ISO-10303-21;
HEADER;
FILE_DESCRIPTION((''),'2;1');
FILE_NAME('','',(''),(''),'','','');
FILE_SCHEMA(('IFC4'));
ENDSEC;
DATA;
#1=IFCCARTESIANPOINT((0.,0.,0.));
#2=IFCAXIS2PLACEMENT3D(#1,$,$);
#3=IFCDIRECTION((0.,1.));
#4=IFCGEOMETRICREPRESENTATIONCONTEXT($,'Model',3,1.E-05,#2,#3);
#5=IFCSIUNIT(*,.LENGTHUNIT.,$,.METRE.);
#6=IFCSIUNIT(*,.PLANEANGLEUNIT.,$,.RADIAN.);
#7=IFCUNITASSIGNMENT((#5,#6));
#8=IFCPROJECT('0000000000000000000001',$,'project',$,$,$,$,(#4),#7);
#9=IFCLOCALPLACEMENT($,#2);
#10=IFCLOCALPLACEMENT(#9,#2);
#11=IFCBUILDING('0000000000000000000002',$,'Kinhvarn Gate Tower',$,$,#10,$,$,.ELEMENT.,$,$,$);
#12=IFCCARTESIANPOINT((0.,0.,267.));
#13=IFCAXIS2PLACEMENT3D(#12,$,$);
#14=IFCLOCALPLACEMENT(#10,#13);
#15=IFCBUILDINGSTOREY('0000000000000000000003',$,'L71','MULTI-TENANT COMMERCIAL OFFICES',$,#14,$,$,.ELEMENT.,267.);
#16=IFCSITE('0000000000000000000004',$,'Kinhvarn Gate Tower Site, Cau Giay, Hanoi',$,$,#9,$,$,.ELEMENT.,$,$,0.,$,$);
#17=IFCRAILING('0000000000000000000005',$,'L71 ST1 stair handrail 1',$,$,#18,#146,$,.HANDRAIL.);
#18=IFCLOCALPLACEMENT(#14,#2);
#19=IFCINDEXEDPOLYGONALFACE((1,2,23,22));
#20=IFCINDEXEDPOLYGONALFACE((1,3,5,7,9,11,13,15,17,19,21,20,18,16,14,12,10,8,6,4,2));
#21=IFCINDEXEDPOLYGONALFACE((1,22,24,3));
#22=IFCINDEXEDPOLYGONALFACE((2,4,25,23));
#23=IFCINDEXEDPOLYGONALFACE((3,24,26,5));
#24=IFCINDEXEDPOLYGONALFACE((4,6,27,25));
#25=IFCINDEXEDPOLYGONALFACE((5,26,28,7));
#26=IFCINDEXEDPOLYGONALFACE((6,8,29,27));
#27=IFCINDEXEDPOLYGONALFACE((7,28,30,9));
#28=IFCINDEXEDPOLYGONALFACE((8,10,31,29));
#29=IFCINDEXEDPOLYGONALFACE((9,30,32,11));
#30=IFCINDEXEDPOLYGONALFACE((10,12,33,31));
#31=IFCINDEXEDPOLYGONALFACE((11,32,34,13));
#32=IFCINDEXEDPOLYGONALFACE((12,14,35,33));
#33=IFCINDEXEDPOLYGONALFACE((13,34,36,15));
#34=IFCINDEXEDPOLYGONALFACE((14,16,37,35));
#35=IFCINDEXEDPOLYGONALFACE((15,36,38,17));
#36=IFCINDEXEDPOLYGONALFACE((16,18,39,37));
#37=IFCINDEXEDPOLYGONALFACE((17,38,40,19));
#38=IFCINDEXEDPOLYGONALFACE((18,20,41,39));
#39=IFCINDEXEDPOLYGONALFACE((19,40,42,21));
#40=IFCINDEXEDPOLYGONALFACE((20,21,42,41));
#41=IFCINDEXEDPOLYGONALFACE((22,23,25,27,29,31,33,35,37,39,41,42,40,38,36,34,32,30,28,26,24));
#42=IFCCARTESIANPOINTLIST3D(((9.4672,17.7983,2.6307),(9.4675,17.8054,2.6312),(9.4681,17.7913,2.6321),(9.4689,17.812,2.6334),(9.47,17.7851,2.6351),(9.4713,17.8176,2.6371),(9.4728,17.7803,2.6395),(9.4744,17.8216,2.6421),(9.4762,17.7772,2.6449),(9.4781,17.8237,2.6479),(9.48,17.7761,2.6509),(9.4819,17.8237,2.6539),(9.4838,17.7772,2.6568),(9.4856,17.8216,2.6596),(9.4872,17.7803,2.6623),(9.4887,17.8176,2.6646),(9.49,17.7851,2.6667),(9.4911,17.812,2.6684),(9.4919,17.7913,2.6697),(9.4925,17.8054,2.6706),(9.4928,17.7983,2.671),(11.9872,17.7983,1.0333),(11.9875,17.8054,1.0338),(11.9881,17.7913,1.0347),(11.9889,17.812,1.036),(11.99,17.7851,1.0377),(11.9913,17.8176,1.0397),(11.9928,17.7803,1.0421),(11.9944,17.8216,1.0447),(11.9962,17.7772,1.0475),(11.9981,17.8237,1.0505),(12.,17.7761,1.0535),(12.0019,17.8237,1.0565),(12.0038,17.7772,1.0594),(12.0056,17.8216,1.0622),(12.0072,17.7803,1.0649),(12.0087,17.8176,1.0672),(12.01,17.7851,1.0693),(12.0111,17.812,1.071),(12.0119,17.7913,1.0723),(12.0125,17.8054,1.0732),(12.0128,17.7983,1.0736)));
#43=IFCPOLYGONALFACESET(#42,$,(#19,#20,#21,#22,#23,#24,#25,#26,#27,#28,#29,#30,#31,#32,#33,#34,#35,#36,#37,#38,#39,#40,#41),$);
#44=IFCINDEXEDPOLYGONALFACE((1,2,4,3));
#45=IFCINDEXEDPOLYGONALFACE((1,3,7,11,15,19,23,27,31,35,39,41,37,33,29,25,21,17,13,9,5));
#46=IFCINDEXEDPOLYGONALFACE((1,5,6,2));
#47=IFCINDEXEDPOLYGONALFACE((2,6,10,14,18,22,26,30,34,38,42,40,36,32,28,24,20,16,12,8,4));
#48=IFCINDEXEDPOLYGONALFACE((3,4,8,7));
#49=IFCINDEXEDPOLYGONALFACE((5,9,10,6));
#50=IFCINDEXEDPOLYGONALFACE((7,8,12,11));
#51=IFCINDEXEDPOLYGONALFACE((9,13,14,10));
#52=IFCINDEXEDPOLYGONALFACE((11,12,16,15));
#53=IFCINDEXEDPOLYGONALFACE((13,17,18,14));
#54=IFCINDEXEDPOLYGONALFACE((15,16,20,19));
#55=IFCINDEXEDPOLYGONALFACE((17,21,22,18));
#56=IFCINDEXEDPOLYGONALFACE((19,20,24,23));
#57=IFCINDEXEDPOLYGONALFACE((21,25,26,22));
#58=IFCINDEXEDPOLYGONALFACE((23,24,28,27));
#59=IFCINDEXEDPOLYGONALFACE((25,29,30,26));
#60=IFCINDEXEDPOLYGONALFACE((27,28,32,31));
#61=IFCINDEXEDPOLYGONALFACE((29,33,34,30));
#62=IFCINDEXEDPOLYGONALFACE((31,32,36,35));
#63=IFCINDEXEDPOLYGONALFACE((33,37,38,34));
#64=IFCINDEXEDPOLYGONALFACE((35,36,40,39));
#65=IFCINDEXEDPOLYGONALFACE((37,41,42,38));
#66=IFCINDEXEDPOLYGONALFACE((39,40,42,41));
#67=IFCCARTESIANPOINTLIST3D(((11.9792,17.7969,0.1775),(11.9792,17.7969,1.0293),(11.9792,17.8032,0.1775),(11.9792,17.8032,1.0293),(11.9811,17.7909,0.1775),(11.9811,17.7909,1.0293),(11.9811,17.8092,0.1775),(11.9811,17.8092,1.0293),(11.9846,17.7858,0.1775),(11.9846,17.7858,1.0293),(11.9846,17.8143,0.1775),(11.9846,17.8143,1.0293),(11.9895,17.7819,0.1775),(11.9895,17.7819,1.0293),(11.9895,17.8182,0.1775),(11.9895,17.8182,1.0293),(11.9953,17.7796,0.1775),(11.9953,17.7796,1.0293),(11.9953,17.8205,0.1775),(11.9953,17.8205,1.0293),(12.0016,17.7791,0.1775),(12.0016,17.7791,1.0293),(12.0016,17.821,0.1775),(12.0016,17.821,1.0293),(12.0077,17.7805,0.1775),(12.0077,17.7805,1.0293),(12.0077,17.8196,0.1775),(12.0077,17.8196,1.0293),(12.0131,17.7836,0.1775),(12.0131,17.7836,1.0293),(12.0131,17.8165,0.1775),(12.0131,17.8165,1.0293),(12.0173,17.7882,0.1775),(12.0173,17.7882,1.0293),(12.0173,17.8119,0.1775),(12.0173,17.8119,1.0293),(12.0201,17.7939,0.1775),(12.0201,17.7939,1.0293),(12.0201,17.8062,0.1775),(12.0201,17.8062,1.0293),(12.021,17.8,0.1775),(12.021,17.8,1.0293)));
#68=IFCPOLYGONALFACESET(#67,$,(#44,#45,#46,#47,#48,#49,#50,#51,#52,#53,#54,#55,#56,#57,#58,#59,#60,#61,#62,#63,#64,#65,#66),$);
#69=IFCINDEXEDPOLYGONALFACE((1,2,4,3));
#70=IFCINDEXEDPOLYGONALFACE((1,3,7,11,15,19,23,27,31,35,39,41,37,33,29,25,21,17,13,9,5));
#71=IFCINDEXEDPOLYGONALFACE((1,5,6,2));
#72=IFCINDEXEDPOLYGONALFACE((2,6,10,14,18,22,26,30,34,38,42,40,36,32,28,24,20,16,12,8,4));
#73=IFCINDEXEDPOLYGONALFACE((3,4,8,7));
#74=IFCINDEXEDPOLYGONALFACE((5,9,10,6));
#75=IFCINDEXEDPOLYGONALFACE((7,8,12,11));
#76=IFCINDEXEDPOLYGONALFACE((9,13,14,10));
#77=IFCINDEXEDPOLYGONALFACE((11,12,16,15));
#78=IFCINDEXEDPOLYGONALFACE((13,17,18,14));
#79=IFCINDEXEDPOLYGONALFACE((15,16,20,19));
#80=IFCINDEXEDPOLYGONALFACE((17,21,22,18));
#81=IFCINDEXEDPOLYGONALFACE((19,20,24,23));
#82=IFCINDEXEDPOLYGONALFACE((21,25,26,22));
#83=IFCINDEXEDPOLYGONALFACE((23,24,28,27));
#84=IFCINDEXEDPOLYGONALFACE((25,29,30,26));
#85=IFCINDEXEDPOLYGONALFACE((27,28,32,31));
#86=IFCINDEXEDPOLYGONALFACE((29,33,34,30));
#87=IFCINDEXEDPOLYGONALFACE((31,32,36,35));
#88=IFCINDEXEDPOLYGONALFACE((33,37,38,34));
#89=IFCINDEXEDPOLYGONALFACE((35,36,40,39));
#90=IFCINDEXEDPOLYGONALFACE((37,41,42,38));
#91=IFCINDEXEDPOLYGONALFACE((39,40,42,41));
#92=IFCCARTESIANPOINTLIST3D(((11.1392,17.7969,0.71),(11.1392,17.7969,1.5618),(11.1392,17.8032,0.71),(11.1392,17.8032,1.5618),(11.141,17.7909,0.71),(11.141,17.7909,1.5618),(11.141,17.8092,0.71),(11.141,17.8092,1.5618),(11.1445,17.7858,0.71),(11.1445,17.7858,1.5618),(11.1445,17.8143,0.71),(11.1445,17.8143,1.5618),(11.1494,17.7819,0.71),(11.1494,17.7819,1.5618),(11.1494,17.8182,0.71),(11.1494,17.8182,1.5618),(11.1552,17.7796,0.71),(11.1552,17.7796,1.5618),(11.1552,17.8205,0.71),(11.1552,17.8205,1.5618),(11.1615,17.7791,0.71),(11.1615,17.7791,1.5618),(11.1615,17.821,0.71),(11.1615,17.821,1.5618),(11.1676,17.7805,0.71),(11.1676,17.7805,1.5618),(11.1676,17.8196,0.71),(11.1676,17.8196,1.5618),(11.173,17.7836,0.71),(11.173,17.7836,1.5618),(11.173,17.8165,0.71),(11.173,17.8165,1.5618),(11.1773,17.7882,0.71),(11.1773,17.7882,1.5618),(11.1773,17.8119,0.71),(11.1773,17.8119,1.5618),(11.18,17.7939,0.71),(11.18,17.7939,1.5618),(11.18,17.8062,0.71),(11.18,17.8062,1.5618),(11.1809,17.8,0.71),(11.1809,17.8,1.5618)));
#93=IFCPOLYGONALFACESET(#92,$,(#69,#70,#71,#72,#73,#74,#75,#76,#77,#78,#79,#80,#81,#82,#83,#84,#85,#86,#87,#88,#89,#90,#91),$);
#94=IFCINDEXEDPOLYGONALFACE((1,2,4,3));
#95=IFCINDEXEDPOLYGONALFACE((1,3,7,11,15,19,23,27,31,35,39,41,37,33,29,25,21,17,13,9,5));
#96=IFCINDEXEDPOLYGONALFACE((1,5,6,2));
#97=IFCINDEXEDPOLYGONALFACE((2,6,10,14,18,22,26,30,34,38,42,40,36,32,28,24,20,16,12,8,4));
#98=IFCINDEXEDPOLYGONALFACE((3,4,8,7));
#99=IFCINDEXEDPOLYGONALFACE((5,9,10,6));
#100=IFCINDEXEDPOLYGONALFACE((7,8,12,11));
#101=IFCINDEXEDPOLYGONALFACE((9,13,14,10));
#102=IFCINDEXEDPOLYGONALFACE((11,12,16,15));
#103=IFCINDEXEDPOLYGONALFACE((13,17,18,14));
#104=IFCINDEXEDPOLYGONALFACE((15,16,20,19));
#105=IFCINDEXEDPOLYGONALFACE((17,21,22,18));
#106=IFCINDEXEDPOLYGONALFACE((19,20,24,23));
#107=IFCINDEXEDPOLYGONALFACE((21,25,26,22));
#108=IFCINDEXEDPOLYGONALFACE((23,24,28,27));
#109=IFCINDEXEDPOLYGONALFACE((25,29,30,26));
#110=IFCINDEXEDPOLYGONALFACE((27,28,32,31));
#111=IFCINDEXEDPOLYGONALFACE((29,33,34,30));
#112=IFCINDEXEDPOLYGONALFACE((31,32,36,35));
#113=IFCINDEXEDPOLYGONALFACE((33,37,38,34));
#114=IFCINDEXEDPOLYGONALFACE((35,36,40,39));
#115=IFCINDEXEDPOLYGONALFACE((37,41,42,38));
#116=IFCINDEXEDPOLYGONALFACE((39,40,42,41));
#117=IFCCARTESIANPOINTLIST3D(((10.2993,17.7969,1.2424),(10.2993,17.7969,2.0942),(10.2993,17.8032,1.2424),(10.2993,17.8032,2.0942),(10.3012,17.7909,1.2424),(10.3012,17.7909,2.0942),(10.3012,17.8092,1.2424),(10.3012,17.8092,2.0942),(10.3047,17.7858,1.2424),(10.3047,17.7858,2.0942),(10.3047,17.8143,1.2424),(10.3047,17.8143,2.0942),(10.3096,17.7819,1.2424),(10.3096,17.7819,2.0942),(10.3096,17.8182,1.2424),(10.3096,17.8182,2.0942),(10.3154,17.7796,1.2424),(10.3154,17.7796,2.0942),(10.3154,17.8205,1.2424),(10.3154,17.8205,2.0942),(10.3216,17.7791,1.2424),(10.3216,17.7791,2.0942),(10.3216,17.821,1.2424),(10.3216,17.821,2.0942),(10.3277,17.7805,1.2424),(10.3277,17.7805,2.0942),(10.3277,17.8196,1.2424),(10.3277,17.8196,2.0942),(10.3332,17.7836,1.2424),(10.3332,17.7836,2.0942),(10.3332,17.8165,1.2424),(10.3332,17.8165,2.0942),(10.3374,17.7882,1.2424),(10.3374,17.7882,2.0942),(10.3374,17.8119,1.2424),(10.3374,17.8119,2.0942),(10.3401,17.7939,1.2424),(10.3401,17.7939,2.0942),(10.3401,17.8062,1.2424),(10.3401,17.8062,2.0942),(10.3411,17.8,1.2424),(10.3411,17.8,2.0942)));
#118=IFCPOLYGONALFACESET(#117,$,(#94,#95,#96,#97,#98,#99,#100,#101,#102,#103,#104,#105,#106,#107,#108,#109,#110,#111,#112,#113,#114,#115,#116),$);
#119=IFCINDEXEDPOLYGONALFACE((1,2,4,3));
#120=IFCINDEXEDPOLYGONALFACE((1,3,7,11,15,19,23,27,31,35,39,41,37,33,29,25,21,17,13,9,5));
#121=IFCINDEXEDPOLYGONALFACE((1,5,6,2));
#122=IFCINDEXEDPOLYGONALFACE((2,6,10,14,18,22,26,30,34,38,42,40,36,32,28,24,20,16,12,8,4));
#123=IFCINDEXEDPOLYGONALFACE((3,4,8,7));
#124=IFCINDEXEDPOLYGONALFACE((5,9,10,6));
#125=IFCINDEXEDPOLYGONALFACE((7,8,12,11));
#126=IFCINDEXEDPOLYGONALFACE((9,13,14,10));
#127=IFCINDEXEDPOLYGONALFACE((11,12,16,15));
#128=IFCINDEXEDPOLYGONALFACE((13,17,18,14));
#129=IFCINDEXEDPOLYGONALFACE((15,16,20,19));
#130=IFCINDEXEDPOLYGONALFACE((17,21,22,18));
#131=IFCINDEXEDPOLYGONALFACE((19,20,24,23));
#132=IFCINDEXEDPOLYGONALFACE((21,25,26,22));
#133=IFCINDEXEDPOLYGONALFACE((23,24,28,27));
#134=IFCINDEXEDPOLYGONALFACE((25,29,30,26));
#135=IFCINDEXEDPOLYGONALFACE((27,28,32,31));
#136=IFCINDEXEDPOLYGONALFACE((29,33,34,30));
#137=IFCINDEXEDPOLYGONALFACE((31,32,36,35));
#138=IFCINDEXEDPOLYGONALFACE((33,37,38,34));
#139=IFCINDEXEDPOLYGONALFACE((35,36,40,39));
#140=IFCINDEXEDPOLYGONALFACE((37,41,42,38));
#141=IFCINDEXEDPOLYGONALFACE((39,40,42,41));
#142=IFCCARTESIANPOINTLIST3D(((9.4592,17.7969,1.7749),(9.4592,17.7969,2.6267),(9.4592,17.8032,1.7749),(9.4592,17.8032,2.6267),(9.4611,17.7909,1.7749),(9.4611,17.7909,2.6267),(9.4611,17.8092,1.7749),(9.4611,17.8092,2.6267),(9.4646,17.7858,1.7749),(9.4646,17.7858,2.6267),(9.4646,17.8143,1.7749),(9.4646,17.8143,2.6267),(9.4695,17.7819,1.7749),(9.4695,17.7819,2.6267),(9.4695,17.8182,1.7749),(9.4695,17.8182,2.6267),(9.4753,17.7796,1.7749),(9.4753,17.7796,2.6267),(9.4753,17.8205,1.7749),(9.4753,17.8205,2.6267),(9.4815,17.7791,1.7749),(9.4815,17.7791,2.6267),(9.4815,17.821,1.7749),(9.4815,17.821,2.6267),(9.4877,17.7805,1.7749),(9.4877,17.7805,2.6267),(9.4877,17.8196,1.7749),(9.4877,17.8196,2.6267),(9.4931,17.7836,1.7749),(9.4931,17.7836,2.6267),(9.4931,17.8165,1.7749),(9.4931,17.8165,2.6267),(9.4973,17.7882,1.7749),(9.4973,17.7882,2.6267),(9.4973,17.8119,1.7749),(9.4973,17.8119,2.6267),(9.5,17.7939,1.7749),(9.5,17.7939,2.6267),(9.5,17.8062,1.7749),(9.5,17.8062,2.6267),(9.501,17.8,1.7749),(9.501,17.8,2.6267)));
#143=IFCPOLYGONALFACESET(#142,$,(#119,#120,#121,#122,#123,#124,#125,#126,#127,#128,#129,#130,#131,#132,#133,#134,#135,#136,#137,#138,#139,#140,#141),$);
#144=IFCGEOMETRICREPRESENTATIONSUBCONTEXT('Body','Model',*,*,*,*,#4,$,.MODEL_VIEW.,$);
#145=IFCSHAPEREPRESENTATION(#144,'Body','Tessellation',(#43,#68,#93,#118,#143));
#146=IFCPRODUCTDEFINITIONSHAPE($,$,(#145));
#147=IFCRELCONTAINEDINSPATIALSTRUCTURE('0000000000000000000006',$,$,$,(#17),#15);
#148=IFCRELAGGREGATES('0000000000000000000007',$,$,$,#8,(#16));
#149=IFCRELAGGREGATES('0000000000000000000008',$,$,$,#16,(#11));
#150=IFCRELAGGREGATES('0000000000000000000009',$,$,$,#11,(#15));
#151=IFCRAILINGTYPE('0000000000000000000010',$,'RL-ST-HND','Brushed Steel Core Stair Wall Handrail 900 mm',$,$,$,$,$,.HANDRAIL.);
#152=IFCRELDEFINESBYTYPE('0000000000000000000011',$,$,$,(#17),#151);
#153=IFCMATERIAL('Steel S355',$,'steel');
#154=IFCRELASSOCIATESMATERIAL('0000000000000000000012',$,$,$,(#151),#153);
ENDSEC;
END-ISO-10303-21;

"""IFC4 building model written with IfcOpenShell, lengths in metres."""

from ifc_helpers import new_model, si_unit, direction, frame, origin, origin_2d, place, context, subcontext, project, spatial, circle, extrude, material, type_object, element, save


model = new_model("IFC4")

# Units and contexts
model_context = context("Model", 3, precision=1e-05, world=origin(), true_north=direction((0.0, 1.0)))
body_context = subcontext(model_context, "Body", "Model", "MODEL_VIEW")
ifc_project = project(units=[si_unit("LENGTHUNIT", "METRE"), si_unit("PLANEANGLEUNIT", "RADIAN")], contexts=[model_context])

# Site, building, storey
site_placement = place(None, origin())
site = spatial("IfcSite", under=ifc_project, at=site_placement, Name="Kinhvarn Gate Tower Site, Cau Giay, Hanoi", CompositionType="ELEMENT", RefElevation=0.0)
building_placement = place(site_placement, origin())
building = spatial("IfcBuilding", under=site, at=building_placement, Name="Kinhvarn Gate Tower", CompositionType="ELEMENT")
storey_placement = place(building_placement, frame((0.0, 0.0, 267.0)))
storey = spatial("IfcBuildingStorey", under=building, at=storey_placement, Name="L71", Description="MULTI-TENANT COMMERCIAL OFFICES", CompositionType="ELEMENT", Elevation=267.0)

# Shared definitions
ifc_material_1 = material(Name="Steel S355", Category="steel")

# Railing
railing_type_1 = type_object("IfcRailingType", Name="RL-ST-HND", Description="Brushed Steel Core Stair Wall Handrail 900 mm", PredefinedType="HANDRAIL", material=ifc_material_1)
railing_1_placement = place(storey_placement, frame((12.0, 17.8, 0.1775)))
element("IfcRailing", 1, at=railing_1_placement, inside=storey, type_object=railing_type_1, Name="L71 ST1 stair handrail 1", PredefinedType="HANDRAIL", context=body_context, shape_type="SweptSolid", body=[
    extrude(circle(Radius=0.0239, at=origin_2d()), frame((0.0, 0.0, 0.876), z_axis=(-0.844607, 0.0, 0.535387), x_axis=(0.0, -1.0, 0.0)), (0.0, 0.0, 1.0), 2.9836),
    extrude(circle(Radius=0.021, at=origin_2d()), origin(), (0.0, 0.0, 1.0), 0.8518),
    extrude(circle(Radius=0.021, at=origin_2d()), frame((-0.8401, 0.0, 0.5325)), (0.0, 0.0, 1.0), 0.8518),
    extrude(circle(Radius=0.021, at=origin_2d()), frame((-1.6799, 0.0, 1.0649)), (0.0, 0.0, 1.0), 0.8518),
    extrude(circle(Radius=0.021, at=origin_2d()), frame((-2.52, 0.0, 1.5974)), (0.0, 0.0, 1.0), 0.8518),
])

save(model, "model.ifc")
